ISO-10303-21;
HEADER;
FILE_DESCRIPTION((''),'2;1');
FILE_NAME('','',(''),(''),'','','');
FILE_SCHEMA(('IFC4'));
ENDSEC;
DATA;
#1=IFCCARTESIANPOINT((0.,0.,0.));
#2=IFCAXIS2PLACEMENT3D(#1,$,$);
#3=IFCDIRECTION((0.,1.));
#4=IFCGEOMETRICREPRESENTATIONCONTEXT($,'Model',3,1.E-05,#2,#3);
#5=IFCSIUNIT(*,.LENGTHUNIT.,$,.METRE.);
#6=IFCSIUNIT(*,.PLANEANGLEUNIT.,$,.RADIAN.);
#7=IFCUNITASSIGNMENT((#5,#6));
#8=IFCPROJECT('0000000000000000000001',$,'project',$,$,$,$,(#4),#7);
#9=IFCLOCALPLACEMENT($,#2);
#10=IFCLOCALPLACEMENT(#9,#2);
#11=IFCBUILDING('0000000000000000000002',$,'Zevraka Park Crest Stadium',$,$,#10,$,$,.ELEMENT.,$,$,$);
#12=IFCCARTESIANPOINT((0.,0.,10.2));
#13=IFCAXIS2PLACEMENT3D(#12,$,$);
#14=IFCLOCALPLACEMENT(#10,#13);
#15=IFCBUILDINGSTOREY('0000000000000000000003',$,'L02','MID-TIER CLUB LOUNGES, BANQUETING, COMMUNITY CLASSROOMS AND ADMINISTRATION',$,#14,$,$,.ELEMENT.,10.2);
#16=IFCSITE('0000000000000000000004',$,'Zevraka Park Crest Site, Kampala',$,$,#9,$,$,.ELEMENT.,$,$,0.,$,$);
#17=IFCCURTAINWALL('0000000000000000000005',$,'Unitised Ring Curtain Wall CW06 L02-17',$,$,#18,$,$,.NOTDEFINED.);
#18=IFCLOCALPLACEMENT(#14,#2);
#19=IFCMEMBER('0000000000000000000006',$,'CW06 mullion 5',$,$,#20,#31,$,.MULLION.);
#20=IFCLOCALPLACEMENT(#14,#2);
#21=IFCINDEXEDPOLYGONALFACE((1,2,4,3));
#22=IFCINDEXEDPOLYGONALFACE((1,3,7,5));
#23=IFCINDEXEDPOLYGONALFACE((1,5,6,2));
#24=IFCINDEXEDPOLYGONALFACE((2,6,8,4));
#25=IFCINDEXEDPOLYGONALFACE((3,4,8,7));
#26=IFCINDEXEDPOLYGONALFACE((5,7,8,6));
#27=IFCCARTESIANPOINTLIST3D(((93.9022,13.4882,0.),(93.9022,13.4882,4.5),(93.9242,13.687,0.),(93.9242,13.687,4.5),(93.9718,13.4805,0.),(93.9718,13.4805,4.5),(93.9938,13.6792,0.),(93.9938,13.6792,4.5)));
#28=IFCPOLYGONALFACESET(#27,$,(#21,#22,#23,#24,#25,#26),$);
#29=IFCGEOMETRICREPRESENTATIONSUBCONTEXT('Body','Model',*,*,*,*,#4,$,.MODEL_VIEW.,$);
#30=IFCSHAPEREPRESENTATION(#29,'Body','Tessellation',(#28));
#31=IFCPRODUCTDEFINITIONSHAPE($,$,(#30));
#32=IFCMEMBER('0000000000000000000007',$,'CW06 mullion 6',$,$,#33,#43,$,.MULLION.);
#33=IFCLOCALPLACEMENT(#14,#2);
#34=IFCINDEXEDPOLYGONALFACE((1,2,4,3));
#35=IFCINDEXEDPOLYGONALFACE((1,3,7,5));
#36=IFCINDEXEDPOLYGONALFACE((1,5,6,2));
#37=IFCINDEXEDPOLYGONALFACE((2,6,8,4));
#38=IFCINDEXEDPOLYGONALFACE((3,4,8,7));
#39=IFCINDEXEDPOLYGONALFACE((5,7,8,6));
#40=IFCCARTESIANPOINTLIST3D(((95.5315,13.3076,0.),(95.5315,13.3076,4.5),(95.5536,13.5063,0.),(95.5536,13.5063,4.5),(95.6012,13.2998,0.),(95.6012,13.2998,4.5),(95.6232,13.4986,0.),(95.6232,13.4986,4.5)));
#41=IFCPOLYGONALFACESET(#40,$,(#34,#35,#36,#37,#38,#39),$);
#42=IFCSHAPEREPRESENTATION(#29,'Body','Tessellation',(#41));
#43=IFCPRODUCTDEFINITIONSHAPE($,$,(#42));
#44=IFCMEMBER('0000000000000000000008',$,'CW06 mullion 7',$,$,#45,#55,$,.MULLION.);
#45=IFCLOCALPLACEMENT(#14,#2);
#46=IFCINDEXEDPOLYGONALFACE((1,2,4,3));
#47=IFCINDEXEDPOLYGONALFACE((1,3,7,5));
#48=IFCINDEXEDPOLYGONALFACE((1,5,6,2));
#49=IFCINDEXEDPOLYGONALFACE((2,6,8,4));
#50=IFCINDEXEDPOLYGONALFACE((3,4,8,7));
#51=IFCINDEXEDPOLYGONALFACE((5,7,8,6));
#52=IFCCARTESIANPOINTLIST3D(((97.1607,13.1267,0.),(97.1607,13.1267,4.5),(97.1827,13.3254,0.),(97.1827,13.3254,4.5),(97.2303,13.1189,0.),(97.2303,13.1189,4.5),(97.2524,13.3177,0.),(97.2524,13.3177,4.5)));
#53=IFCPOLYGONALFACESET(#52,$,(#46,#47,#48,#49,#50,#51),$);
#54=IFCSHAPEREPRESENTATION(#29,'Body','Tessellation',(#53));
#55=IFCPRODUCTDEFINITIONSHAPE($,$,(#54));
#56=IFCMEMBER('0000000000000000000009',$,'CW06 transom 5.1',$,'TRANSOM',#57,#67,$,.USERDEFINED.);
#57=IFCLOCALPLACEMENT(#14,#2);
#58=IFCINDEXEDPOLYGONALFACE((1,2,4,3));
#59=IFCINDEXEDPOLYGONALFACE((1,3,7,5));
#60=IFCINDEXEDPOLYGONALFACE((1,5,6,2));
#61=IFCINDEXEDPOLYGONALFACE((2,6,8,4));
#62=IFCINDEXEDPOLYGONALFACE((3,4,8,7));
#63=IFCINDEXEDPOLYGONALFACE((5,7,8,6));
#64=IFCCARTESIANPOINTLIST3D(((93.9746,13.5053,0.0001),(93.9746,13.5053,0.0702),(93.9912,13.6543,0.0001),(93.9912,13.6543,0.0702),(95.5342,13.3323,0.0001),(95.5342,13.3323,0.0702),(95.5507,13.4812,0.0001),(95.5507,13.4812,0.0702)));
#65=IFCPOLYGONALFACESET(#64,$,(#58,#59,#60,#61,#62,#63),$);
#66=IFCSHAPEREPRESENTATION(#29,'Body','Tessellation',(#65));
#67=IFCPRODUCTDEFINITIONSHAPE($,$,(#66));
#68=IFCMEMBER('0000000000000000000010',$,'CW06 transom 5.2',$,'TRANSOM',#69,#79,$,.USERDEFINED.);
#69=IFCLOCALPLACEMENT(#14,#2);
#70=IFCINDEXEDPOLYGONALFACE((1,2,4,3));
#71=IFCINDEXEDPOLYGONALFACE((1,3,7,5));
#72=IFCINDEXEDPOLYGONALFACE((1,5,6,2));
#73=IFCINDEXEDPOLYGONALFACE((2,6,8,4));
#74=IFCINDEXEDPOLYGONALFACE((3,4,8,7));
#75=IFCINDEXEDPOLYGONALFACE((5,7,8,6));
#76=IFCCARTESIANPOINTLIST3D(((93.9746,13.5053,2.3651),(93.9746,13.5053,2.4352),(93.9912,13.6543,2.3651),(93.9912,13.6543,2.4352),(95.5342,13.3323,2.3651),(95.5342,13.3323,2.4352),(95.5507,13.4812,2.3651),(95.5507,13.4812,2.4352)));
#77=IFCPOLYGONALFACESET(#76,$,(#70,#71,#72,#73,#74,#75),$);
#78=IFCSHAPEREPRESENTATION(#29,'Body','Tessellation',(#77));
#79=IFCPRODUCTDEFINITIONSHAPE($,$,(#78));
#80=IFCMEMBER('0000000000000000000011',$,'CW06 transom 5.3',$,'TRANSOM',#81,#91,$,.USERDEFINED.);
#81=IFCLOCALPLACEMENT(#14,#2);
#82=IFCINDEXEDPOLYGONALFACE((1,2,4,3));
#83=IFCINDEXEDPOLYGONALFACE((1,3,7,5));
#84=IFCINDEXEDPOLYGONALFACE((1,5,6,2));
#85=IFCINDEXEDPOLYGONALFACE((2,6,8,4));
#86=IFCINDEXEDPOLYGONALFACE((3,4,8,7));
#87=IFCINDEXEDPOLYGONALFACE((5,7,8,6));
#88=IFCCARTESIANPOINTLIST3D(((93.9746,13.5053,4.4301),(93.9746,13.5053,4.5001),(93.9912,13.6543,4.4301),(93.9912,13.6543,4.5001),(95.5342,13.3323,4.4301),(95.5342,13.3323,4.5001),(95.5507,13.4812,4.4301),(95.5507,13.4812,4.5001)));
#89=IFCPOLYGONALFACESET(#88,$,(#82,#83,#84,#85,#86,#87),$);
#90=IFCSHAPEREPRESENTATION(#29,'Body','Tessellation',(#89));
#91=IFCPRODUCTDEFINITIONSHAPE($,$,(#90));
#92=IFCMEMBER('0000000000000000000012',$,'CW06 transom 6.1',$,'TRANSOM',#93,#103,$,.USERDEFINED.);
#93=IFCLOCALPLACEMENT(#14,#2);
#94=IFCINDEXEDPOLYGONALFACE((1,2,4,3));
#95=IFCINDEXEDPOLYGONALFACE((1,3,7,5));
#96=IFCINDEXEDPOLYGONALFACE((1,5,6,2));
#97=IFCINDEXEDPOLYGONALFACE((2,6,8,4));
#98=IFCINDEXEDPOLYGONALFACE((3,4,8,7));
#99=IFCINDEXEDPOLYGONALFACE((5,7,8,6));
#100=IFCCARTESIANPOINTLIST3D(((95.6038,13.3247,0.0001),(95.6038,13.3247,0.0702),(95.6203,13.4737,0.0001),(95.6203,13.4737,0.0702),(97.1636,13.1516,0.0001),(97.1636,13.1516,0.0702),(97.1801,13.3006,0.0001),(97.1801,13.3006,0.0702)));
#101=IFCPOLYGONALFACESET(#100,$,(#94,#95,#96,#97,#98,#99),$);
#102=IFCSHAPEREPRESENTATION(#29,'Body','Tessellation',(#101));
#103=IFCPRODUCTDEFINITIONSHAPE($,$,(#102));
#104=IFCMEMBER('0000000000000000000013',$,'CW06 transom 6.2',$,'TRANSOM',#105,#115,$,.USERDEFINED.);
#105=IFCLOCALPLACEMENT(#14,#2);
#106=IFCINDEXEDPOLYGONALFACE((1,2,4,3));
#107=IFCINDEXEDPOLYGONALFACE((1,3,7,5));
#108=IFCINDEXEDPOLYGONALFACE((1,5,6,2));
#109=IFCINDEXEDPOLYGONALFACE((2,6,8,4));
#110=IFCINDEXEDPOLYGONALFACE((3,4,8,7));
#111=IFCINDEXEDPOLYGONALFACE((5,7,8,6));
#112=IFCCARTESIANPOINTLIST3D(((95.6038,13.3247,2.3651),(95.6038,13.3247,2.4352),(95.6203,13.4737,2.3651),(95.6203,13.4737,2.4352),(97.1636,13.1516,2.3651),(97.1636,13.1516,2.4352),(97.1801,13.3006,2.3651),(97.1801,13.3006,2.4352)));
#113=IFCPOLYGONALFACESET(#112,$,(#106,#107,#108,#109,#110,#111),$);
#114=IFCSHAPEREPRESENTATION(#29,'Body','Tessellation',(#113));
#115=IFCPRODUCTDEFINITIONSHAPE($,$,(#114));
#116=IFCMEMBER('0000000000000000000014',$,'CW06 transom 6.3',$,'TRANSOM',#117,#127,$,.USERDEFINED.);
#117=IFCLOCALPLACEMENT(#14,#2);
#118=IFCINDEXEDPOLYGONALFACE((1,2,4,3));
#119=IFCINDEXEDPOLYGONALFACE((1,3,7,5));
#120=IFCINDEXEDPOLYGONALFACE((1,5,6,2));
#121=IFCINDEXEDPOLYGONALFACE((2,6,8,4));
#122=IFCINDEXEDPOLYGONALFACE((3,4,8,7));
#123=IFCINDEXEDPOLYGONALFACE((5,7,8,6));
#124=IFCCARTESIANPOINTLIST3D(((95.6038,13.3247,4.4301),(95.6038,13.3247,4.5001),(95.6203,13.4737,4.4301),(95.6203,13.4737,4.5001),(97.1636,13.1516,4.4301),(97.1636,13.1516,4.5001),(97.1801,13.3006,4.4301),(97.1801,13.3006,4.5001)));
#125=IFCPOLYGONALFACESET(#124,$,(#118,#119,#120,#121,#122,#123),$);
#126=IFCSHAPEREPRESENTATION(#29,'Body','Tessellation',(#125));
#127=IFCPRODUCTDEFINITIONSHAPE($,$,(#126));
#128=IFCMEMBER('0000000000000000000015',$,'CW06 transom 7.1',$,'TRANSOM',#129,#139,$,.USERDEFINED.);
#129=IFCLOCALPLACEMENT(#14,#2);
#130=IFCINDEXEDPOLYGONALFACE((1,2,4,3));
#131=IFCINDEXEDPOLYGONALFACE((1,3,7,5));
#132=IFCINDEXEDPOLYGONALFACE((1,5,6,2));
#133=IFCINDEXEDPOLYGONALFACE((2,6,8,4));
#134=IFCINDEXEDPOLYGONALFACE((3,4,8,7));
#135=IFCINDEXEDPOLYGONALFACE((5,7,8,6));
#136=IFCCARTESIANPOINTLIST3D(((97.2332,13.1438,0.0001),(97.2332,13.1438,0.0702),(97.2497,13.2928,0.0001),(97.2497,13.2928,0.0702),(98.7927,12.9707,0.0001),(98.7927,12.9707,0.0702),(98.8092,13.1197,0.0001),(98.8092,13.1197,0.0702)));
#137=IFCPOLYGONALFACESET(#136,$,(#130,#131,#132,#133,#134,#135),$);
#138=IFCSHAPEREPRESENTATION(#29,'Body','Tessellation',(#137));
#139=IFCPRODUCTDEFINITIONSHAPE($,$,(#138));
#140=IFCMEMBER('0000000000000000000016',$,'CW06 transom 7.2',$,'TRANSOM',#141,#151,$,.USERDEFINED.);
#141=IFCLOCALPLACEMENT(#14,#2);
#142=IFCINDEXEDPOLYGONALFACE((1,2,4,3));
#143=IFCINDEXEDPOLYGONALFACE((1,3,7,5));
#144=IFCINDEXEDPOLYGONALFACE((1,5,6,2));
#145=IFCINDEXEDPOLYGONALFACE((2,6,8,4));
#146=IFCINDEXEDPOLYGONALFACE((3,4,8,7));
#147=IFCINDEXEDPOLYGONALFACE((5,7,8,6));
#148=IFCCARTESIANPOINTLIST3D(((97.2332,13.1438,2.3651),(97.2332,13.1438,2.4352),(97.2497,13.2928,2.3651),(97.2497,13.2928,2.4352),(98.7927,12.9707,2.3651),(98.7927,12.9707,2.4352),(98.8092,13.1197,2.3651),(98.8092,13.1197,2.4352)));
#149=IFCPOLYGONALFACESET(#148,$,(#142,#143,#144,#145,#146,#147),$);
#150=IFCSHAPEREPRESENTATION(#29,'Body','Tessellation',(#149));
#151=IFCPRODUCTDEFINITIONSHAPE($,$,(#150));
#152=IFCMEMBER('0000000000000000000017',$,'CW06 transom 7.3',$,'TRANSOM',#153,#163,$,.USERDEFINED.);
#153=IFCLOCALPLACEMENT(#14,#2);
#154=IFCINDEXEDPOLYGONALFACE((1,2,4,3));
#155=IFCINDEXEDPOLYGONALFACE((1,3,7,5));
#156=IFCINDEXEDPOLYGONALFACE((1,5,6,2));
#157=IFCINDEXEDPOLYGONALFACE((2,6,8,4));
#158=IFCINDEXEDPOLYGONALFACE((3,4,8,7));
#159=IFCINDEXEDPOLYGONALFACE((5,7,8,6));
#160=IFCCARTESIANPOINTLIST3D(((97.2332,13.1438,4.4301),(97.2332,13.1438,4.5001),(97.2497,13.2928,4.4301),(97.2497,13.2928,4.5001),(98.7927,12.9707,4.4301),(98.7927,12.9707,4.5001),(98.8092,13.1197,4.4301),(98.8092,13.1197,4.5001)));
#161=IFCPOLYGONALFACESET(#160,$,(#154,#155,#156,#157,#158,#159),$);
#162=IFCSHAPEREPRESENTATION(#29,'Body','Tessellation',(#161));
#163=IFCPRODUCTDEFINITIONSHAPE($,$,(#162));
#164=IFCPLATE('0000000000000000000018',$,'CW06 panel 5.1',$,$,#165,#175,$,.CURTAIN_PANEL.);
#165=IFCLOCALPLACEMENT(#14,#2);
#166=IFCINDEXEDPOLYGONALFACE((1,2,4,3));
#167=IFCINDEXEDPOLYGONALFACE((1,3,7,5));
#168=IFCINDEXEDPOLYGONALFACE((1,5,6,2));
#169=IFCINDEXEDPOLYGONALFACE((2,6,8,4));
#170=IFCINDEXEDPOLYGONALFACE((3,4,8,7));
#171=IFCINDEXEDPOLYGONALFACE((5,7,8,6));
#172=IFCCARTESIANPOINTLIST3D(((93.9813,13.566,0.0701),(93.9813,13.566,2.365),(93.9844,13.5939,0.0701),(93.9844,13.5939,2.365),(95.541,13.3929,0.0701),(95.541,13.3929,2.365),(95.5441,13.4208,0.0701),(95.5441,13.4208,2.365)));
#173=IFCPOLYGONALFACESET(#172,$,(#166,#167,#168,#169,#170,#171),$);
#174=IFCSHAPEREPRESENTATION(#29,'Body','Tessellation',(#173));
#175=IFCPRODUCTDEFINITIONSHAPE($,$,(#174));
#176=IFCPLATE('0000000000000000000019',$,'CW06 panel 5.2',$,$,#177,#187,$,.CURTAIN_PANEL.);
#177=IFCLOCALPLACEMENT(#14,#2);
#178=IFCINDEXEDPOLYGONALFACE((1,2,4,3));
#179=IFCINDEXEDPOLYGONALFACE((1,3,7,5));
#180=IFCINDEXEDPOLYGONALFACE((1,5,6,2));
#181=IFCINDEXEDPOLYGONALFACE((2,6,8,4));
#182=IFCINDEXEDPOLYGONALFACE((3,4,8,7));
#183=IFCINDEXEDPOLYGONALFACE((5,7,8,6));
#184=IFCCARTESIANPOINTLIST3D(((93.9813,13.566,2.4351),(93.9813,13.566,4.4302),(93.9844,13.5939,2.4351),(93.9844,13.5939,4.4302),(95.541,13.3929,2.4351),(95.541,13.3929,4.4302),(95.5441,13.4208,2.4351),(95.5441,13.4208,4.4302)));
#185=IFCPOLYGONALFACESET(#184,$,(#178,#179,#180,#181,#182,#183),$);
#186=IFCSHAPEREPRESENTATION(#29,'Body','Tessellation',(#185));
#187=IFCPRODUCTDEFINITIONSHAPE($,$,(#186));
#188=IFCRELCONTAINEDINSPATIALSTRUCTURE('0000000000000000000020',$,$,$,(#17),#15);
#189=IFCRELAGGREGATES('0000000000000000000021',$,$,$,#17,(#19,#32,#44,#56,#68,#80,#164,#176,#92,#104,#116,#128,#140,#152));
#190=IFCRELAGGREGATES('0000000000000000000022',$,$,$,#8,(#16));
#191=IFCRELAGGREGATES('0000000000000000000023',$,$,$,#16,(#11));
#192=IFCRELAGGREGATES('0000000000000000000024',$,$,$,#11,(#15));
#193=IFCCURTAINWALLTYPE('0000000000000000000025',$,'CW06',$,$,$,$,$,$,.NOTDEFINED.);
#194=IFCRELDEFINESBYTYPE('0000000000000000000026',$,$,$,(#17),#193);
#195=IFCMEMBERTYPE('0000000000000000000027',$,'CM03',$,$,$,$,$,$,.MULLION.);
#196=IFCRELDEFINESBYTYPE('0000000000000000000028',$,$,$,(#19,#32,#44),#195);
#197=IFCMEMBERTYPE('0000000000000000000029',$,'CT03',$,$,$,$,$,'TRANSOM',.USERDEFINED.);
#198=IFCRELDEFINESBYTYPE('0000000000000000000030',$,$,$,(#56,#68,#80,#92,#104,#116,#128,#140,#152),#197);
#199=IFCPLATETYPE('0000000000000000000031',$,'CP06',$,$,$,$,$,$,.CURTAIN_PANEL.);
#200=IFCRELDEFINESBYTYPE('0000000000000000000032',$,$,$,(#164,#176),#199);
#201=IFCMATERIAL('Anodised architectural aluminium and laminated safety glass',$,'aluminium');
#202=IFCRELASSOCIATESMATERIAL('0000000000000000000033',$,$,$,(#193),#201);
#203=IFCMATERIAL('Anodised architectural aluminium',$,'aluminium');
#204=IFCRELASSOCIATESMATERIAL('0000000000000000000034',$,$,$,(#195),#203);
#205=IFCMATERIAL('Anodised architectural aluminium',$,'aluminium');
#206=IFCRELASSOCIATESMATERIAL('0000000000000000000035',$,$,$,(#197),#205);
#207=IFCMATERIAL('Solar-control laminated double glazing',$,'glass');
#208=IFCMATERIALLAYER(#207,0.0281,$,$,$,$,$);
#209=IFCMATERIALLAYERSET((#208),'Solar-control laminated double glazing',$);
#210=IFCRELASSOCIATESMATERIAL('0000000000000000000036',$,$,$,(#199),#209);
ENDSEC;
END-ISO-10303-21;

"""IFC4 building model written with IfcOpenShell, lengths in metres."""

from ifc_helpers import new_model, si_unit, direction, frame, origin, origin_2d, place, context, subcontext, project, spatial, rectangle, extrude, material, layer, layer_set, material_profile, profile_set, type_object, element, aggregate, save


model = new_model("IFC4")

# Units and contexts
model_context = context("Model", 3, precision=1e-05, world=origin(), true_north=direction((0.0, 1.0)))
body_context = subcontext(model_context, "Body", "Model", "MODEL_VIEW")
ifc_project = project(units=[si_unit("LENGTHUNIT", "METRE"), si_unit("PLANEANGLEUNIT", "RADIAN")], contexts=[model_context])

# Site, building, storey
site_placement = place(None, origin())
site = spatial("IfcSite", under=ifc_project, at=site_placement, Name="Zevraka Park Crest Site, Kampala", CompositionType="ELEMENT", RefElevation=0.0)
building_placement = place(site_placement, origin())
building = spatial("IfcBuilding", under=site, at=building_placement, Name="Zevraka Park Crest Stadium", CompositionType="ELEMENT")
storey_placement = place(building_placement, frame((0.0, 0.0, 10.2)))
storey = spatial("IfcBuildingStorey", under=building, at=storey_placement, Name="L02", Description="MID-TIER CLUB LOUNGES, BANQUETING, COMMUNITY CLASSROOMS AND ADMINISTRATION", CompositionType="ELEMENT", Elevation=10.2)

# Curtain wall, members, plates
ifc_material_1 = material(Name="Anodised architectural aluminium and laminated safety glass", Category="aluminium")
curtain_wall_type = type_object("IfcCurtainWallType", Name="CW06", PredefinedType="NOTDEFINED", material=ifc_material_1)
curtain_wall_placement = place(storey_placement, origin())
curtain_wall = element("IfcCurtainWall", 1, at=curtain_wall_placement, inside=storey, type_object=curtain_wall_type, Name="Unitised Ring Curtain Wall CW06 L02-17", PredefinedType="NOTDEFINED")
ifc_material_2 = material(Name="Anodised architectural aluminium", Category="aluminium")
ifc_material_profile_1 = material_profile(ifc_material_2, rectangle(XDim=0.2, YDim=0.0701, at=origin_2d()), Name="ALU MULLION 200x70")
ifc_profile_set_1 = profile_set([ifc_material_profile_1], Name="Anodised architectural aluminium")
member_type_1 = type_object("IfcMemberType", Name="CM03", PredefinedType="MULLION", material=ifc_profile_set_1)
member_1_placement = place(storey_placement, frame((93.948, 13.5837, 0.0), z_axis=(0.0, 0.0, 1.0), x_axis=(0.110293, 0.993899, 0.0)))
member_1 = element("IfcMember", 2, at=member_1_placement, type_object=member_type_1, Name="CW06 mullion 5", PredefinedType="MULLION", context=body_context, shape_type="SweptSolid", body=[
    extrude(rectangle(XDim=0.2, YDim=0.0701, at=origin_2d()), origin(), (0.0, 0.0, 1.0), 4.5),
])
member_2_placement = place(storey_placement, frame((95.5774, 13.4031, 0.0), z_axis=(0.0, 0.0, 1.0), x_axis=(0.110293, 0.993899, 0.0)))
member_2 = element("IfcMember", 3, at=member_2_placement, type_object=member_type_1, Name="CW06 mullion 6", PredefinedType="MULLION", context=body_context, shape_type="SweptSolid", body=[
    extrude(rectangle(XDim=0.2, YDim=0.0701, at=origin_2d()), origin(), (0.0, 0.0, 1.0), 4.5),
])
member_3_placement = place(storey_placement, frame((97.2065, 13.2222, 0.0), z_axis=(0.0, 0.0, 1.0), x_axis=(0.110293, 0.993899, 0.0)))
member_3 = element("IfcMember", 4, at=member_3_placement, type_object=member_type_1, Name="CW06 mullion 7", PredefinedType="MULLION", context=body_context, shape_type="SweptSolid", body=[
    extrude(rectangle(XDim=0.2, YDim=0.0701, at=origin_2d()), origin(), (0.0, 0.0, 1.0), 4.5),
])
ifc_material_3 = material(Name="Anodised architectural aluminium", Category="aluminium")
ifc_material_profile_2 = material_profile(ifc_material_3, rectangle(XDim=0.1499, YDim=0.0701, at=origin_2d()), Name="ALU TRANSOM 150x70")
ifc_profile_set_2 = profile_set([ifc_material_profile_2], Name="Anodised architectural aluminium")
member_type_2 = type_object("IfcMemberType", Name="CT03", ElementType="TRANSOM", PredefinedType="USERDEFINED", material=ifc_profile_set_2)
member_4_placement = place(storey_placement, frame((93.9829, 13.5798, 0.0352), z_axis=(0.993897, -0.110312, 0.0), x_axis=(0.110312, 0.993897, 0.0)))
member_4 = element("IfcMember", 5, at=member_4_placement, type_object=member_type_2, Name="CW06 transom 5.1", ObjectType="TRANSOM", PredefinedType="USERDEFINED", context=body_context, shape_type="SweptSolid", body=[
    extrude(rectangle(XDim=0.1499, YDim=0.0701, at=origin_2d()), origin(), (0.0, 0.0, 1.0), 1.5691),
])
member_5_placement = place(storey_placement, frame((93.9829, 13.5798, 2.4001), z_axis=(0.993897, -0.110312, 0.0), x_axis=(0.110312, 0.993897, 0.0)))
member_5 = element("IfcMember", 6, at=member_5_placement, type_object=member_type_2, Name="CW06 transom 5.2", ObjectType="TRANSOM", PredefinedType="USERDEFINED", context=body_context, shape_type="SweptSolid", body=[
    extrude(rectangle(XDim=0.1499, YDim=0.0701, at=origin_2d()), origin(), (0.0, 0.0, 1.0), 1.5691),
])
member_6_placement = place(storey_placement, frame((93.9829, 13.5798, 4.4651), z_axis=(0.993897, -0.110312, 0.0), x_axis=(0.110312, 0.993897, 0.0)))
member_6 = element("IfcMember", 7, at=member_6_placement, type_object=member_type_2, Name="CW06 transom 5.3", ObjectType="TRANSOM", PredefinedType="USERDEFINED", context=body_context, shape_type="SweptSolid", body=[
    extrude(rectangle(XDim=0.1499, YDim=0.0701, at=origin_2d()), origin(), (0.0, 0.0, 1.0), 1.5691),
])
member_7_placement = place(storey_placement, frame((95.6121, 13.3992, 0.0352), z_axis=(0.993899, -0.110295, 0.0), x_axis=(0.110295, 0.993899, 0.0)))
member_7 = element("IfcMember", 8, at=member_7_placement, type_object=member_type_2, Name="CW06 transom 6.1", ObjectType="TRANSOM", PredefinedType="USERDEFINED", context=body_context, shape_type="SweptSolid", body=[
    extrude(rectangle(XDim=0.1499, YDim=0.0701, at=origin_2d()), origin(), (0.0, 0.0, 1.0), 1.5693),
])
member_8_placement = place(storey_placement, frame((95.6121, 13.3992, 2.4001), z_axis=(0.993899, -0.110295, 0.0), x_axis=(0.110295, 0.993899, 0.0)))
member_8 = element("IfcMember", 9, at=member_8_placement, type_object=member_type_2, Name="CW06 transom 6.2", ObjectType="TRANSOM", PredefinedType="USERDEFINED", context=body_context, shape_type="SweptSolid", body=[
    extrude(rectangle(XDim=0.1499, YDim=0.0701, at=origin_2d()), origin(), (0.0, 0.0, 1.0), 1.5693),
])
member_9_placement = place(storey_placement, frame((95.6121, 13.3992, 4.4651), z_axis=(0.993899, -0.110295, 0.0), x_axis=(0.110295, 0.993899, 0.0)))
member_9 = element("IfcMember", 10, at=member_9_placement, type_object=member_type_2, Name="CW06 transom 6.3", ObjectType="TRANSOM", PredefinedType="USERDEFINED", context=body_context, shape_type="SweptSolid", body=[
    extrude(rectangle(XDim=0.1499, YDim=0.0701, at=origin_2d()), origin(), (0.0, 0.0, 1.0), 1.5693),
])
member_10_placement = place(storey_placement, frame((97.2415, 13.2183, 0.0352), z_axis=(0.993897, -0.110312, 0.0), x_axis=(0.110312, 0.993897, 0.0)))
member_10 = element("IfcMember", 11, at=member_10_placement, type_object=member_type_2, Name="CW06 transom 7.1", ObjectType="TRANSOM", PredefinedType="USERDEFINED", context=body_context, shape_type="SweptSolid", body=[
    extrude(rectangle(XDim=0.1499, YDim=0.0701, at=origin_2d()), origin(), (0.0, 0.0, 1.0), 1.5691),
])
member_11_placement = place(storey_placement, frame((97.2415, 13.2183, 2.4001), z_axis=(0.993897, -0.110312, 0.0), x_axis=(0.110312, 0.993897, 0.0)))
member_11 = element("IfcMember", 12, at=member_11_placement, type_object=member_type_2, Name="CW06 transom 7.2", ObjectType="TRANSOM", PredefinedType="USERDEFINED", context=body_context, shape_type="SweptSolid", body=[
    extrude(rectangle(XDim=0.1499, YDim=0.0701, at=origin_2d()), origin(), (0.0, 0.0, 1.0), 1.5691),
])
member_12_placement = place(storey_placement, frame((97.2415, 13.2183, 4.4651), z_axis=(0.993897, -0.110312, 0.0), x_axis=(0.110312, 0.993897, 0.0)))
member_12 = element("IfcMember", 13, at=member_12_placement, type_object=member_type_2, Name="CW06 transom 7.3", ObjectType="TRANSOM", PredefinedType="USERDEFINED", context=body_context, shape_type="SweptSolid", body=[
    extrude(rectangle(XDim=0.1499, YDim=0.0701, at=origin_2d()), origin(), (0.0, 0.0, 1.0), 1.5691),
])
ifc_material_4 = material(Name="Solar-control laminated double glazing", Category="glass")
ifc_layer_1 = layer(ifc_material_4, 0.0281)
ifc_layer_set_1 = layer_set([ifc_layer_1], Name="Solar-control laminated double glazing")
plate_type = type_object("IfcPlateType", Name="CP06", PredefinedType="CURTAIN_PANEL", material=ifc_layer_set_1)
plate_1_placement = place(storey_placement, frame((94.7627, 13.4934, 0.0701), z_axis=(0.0, 0.0, 1.0), x_axis=(0.993899, -0.110293, 0.0)))
plate_1 = element("IfcPlate", 14, at=plate_1_placement, type_object=plate_type, Name="CW06 panel 5.1", PredefinedType="CURTAIN_PANEL", context=body_context, shape_type="SweptSolid", body=[
    extrude(rectangle(XDim=1.5693, YDim=0.0281, at=origin_2d()), origin(), (0.0, 0.0, 1.0), 2.2949),
])
plate_2_placement = place(storey_placement, frame((94.7627, 13.4934, 2.4351), z_axis=(0.0, 0.0, 1.0), x_axis=(0.993899, -0.110293, 0.0)))
plate_2 = element("IfcPlate", 15, at=plate_2_placement, type_object=plate_type, Name="CW06 panel 5.2", PredefinedType="CURTAIN_PANEL", context=body_context, shape_type="SweptSolid", body=[
    extrude(rectangle(XDim=1.5693, YDim=0.0281, at=origin_2d()), origin(), (0.0, 0.0, 1.0), 1.9951),
])
aggregate(curtain_wall, [member_1, member_2, member_3, member_4, member_5, member_6, plate_1, plate_2, member_7, member_8, member_9, member_10, member_11, member_12])

save(model, "model.ifc")
